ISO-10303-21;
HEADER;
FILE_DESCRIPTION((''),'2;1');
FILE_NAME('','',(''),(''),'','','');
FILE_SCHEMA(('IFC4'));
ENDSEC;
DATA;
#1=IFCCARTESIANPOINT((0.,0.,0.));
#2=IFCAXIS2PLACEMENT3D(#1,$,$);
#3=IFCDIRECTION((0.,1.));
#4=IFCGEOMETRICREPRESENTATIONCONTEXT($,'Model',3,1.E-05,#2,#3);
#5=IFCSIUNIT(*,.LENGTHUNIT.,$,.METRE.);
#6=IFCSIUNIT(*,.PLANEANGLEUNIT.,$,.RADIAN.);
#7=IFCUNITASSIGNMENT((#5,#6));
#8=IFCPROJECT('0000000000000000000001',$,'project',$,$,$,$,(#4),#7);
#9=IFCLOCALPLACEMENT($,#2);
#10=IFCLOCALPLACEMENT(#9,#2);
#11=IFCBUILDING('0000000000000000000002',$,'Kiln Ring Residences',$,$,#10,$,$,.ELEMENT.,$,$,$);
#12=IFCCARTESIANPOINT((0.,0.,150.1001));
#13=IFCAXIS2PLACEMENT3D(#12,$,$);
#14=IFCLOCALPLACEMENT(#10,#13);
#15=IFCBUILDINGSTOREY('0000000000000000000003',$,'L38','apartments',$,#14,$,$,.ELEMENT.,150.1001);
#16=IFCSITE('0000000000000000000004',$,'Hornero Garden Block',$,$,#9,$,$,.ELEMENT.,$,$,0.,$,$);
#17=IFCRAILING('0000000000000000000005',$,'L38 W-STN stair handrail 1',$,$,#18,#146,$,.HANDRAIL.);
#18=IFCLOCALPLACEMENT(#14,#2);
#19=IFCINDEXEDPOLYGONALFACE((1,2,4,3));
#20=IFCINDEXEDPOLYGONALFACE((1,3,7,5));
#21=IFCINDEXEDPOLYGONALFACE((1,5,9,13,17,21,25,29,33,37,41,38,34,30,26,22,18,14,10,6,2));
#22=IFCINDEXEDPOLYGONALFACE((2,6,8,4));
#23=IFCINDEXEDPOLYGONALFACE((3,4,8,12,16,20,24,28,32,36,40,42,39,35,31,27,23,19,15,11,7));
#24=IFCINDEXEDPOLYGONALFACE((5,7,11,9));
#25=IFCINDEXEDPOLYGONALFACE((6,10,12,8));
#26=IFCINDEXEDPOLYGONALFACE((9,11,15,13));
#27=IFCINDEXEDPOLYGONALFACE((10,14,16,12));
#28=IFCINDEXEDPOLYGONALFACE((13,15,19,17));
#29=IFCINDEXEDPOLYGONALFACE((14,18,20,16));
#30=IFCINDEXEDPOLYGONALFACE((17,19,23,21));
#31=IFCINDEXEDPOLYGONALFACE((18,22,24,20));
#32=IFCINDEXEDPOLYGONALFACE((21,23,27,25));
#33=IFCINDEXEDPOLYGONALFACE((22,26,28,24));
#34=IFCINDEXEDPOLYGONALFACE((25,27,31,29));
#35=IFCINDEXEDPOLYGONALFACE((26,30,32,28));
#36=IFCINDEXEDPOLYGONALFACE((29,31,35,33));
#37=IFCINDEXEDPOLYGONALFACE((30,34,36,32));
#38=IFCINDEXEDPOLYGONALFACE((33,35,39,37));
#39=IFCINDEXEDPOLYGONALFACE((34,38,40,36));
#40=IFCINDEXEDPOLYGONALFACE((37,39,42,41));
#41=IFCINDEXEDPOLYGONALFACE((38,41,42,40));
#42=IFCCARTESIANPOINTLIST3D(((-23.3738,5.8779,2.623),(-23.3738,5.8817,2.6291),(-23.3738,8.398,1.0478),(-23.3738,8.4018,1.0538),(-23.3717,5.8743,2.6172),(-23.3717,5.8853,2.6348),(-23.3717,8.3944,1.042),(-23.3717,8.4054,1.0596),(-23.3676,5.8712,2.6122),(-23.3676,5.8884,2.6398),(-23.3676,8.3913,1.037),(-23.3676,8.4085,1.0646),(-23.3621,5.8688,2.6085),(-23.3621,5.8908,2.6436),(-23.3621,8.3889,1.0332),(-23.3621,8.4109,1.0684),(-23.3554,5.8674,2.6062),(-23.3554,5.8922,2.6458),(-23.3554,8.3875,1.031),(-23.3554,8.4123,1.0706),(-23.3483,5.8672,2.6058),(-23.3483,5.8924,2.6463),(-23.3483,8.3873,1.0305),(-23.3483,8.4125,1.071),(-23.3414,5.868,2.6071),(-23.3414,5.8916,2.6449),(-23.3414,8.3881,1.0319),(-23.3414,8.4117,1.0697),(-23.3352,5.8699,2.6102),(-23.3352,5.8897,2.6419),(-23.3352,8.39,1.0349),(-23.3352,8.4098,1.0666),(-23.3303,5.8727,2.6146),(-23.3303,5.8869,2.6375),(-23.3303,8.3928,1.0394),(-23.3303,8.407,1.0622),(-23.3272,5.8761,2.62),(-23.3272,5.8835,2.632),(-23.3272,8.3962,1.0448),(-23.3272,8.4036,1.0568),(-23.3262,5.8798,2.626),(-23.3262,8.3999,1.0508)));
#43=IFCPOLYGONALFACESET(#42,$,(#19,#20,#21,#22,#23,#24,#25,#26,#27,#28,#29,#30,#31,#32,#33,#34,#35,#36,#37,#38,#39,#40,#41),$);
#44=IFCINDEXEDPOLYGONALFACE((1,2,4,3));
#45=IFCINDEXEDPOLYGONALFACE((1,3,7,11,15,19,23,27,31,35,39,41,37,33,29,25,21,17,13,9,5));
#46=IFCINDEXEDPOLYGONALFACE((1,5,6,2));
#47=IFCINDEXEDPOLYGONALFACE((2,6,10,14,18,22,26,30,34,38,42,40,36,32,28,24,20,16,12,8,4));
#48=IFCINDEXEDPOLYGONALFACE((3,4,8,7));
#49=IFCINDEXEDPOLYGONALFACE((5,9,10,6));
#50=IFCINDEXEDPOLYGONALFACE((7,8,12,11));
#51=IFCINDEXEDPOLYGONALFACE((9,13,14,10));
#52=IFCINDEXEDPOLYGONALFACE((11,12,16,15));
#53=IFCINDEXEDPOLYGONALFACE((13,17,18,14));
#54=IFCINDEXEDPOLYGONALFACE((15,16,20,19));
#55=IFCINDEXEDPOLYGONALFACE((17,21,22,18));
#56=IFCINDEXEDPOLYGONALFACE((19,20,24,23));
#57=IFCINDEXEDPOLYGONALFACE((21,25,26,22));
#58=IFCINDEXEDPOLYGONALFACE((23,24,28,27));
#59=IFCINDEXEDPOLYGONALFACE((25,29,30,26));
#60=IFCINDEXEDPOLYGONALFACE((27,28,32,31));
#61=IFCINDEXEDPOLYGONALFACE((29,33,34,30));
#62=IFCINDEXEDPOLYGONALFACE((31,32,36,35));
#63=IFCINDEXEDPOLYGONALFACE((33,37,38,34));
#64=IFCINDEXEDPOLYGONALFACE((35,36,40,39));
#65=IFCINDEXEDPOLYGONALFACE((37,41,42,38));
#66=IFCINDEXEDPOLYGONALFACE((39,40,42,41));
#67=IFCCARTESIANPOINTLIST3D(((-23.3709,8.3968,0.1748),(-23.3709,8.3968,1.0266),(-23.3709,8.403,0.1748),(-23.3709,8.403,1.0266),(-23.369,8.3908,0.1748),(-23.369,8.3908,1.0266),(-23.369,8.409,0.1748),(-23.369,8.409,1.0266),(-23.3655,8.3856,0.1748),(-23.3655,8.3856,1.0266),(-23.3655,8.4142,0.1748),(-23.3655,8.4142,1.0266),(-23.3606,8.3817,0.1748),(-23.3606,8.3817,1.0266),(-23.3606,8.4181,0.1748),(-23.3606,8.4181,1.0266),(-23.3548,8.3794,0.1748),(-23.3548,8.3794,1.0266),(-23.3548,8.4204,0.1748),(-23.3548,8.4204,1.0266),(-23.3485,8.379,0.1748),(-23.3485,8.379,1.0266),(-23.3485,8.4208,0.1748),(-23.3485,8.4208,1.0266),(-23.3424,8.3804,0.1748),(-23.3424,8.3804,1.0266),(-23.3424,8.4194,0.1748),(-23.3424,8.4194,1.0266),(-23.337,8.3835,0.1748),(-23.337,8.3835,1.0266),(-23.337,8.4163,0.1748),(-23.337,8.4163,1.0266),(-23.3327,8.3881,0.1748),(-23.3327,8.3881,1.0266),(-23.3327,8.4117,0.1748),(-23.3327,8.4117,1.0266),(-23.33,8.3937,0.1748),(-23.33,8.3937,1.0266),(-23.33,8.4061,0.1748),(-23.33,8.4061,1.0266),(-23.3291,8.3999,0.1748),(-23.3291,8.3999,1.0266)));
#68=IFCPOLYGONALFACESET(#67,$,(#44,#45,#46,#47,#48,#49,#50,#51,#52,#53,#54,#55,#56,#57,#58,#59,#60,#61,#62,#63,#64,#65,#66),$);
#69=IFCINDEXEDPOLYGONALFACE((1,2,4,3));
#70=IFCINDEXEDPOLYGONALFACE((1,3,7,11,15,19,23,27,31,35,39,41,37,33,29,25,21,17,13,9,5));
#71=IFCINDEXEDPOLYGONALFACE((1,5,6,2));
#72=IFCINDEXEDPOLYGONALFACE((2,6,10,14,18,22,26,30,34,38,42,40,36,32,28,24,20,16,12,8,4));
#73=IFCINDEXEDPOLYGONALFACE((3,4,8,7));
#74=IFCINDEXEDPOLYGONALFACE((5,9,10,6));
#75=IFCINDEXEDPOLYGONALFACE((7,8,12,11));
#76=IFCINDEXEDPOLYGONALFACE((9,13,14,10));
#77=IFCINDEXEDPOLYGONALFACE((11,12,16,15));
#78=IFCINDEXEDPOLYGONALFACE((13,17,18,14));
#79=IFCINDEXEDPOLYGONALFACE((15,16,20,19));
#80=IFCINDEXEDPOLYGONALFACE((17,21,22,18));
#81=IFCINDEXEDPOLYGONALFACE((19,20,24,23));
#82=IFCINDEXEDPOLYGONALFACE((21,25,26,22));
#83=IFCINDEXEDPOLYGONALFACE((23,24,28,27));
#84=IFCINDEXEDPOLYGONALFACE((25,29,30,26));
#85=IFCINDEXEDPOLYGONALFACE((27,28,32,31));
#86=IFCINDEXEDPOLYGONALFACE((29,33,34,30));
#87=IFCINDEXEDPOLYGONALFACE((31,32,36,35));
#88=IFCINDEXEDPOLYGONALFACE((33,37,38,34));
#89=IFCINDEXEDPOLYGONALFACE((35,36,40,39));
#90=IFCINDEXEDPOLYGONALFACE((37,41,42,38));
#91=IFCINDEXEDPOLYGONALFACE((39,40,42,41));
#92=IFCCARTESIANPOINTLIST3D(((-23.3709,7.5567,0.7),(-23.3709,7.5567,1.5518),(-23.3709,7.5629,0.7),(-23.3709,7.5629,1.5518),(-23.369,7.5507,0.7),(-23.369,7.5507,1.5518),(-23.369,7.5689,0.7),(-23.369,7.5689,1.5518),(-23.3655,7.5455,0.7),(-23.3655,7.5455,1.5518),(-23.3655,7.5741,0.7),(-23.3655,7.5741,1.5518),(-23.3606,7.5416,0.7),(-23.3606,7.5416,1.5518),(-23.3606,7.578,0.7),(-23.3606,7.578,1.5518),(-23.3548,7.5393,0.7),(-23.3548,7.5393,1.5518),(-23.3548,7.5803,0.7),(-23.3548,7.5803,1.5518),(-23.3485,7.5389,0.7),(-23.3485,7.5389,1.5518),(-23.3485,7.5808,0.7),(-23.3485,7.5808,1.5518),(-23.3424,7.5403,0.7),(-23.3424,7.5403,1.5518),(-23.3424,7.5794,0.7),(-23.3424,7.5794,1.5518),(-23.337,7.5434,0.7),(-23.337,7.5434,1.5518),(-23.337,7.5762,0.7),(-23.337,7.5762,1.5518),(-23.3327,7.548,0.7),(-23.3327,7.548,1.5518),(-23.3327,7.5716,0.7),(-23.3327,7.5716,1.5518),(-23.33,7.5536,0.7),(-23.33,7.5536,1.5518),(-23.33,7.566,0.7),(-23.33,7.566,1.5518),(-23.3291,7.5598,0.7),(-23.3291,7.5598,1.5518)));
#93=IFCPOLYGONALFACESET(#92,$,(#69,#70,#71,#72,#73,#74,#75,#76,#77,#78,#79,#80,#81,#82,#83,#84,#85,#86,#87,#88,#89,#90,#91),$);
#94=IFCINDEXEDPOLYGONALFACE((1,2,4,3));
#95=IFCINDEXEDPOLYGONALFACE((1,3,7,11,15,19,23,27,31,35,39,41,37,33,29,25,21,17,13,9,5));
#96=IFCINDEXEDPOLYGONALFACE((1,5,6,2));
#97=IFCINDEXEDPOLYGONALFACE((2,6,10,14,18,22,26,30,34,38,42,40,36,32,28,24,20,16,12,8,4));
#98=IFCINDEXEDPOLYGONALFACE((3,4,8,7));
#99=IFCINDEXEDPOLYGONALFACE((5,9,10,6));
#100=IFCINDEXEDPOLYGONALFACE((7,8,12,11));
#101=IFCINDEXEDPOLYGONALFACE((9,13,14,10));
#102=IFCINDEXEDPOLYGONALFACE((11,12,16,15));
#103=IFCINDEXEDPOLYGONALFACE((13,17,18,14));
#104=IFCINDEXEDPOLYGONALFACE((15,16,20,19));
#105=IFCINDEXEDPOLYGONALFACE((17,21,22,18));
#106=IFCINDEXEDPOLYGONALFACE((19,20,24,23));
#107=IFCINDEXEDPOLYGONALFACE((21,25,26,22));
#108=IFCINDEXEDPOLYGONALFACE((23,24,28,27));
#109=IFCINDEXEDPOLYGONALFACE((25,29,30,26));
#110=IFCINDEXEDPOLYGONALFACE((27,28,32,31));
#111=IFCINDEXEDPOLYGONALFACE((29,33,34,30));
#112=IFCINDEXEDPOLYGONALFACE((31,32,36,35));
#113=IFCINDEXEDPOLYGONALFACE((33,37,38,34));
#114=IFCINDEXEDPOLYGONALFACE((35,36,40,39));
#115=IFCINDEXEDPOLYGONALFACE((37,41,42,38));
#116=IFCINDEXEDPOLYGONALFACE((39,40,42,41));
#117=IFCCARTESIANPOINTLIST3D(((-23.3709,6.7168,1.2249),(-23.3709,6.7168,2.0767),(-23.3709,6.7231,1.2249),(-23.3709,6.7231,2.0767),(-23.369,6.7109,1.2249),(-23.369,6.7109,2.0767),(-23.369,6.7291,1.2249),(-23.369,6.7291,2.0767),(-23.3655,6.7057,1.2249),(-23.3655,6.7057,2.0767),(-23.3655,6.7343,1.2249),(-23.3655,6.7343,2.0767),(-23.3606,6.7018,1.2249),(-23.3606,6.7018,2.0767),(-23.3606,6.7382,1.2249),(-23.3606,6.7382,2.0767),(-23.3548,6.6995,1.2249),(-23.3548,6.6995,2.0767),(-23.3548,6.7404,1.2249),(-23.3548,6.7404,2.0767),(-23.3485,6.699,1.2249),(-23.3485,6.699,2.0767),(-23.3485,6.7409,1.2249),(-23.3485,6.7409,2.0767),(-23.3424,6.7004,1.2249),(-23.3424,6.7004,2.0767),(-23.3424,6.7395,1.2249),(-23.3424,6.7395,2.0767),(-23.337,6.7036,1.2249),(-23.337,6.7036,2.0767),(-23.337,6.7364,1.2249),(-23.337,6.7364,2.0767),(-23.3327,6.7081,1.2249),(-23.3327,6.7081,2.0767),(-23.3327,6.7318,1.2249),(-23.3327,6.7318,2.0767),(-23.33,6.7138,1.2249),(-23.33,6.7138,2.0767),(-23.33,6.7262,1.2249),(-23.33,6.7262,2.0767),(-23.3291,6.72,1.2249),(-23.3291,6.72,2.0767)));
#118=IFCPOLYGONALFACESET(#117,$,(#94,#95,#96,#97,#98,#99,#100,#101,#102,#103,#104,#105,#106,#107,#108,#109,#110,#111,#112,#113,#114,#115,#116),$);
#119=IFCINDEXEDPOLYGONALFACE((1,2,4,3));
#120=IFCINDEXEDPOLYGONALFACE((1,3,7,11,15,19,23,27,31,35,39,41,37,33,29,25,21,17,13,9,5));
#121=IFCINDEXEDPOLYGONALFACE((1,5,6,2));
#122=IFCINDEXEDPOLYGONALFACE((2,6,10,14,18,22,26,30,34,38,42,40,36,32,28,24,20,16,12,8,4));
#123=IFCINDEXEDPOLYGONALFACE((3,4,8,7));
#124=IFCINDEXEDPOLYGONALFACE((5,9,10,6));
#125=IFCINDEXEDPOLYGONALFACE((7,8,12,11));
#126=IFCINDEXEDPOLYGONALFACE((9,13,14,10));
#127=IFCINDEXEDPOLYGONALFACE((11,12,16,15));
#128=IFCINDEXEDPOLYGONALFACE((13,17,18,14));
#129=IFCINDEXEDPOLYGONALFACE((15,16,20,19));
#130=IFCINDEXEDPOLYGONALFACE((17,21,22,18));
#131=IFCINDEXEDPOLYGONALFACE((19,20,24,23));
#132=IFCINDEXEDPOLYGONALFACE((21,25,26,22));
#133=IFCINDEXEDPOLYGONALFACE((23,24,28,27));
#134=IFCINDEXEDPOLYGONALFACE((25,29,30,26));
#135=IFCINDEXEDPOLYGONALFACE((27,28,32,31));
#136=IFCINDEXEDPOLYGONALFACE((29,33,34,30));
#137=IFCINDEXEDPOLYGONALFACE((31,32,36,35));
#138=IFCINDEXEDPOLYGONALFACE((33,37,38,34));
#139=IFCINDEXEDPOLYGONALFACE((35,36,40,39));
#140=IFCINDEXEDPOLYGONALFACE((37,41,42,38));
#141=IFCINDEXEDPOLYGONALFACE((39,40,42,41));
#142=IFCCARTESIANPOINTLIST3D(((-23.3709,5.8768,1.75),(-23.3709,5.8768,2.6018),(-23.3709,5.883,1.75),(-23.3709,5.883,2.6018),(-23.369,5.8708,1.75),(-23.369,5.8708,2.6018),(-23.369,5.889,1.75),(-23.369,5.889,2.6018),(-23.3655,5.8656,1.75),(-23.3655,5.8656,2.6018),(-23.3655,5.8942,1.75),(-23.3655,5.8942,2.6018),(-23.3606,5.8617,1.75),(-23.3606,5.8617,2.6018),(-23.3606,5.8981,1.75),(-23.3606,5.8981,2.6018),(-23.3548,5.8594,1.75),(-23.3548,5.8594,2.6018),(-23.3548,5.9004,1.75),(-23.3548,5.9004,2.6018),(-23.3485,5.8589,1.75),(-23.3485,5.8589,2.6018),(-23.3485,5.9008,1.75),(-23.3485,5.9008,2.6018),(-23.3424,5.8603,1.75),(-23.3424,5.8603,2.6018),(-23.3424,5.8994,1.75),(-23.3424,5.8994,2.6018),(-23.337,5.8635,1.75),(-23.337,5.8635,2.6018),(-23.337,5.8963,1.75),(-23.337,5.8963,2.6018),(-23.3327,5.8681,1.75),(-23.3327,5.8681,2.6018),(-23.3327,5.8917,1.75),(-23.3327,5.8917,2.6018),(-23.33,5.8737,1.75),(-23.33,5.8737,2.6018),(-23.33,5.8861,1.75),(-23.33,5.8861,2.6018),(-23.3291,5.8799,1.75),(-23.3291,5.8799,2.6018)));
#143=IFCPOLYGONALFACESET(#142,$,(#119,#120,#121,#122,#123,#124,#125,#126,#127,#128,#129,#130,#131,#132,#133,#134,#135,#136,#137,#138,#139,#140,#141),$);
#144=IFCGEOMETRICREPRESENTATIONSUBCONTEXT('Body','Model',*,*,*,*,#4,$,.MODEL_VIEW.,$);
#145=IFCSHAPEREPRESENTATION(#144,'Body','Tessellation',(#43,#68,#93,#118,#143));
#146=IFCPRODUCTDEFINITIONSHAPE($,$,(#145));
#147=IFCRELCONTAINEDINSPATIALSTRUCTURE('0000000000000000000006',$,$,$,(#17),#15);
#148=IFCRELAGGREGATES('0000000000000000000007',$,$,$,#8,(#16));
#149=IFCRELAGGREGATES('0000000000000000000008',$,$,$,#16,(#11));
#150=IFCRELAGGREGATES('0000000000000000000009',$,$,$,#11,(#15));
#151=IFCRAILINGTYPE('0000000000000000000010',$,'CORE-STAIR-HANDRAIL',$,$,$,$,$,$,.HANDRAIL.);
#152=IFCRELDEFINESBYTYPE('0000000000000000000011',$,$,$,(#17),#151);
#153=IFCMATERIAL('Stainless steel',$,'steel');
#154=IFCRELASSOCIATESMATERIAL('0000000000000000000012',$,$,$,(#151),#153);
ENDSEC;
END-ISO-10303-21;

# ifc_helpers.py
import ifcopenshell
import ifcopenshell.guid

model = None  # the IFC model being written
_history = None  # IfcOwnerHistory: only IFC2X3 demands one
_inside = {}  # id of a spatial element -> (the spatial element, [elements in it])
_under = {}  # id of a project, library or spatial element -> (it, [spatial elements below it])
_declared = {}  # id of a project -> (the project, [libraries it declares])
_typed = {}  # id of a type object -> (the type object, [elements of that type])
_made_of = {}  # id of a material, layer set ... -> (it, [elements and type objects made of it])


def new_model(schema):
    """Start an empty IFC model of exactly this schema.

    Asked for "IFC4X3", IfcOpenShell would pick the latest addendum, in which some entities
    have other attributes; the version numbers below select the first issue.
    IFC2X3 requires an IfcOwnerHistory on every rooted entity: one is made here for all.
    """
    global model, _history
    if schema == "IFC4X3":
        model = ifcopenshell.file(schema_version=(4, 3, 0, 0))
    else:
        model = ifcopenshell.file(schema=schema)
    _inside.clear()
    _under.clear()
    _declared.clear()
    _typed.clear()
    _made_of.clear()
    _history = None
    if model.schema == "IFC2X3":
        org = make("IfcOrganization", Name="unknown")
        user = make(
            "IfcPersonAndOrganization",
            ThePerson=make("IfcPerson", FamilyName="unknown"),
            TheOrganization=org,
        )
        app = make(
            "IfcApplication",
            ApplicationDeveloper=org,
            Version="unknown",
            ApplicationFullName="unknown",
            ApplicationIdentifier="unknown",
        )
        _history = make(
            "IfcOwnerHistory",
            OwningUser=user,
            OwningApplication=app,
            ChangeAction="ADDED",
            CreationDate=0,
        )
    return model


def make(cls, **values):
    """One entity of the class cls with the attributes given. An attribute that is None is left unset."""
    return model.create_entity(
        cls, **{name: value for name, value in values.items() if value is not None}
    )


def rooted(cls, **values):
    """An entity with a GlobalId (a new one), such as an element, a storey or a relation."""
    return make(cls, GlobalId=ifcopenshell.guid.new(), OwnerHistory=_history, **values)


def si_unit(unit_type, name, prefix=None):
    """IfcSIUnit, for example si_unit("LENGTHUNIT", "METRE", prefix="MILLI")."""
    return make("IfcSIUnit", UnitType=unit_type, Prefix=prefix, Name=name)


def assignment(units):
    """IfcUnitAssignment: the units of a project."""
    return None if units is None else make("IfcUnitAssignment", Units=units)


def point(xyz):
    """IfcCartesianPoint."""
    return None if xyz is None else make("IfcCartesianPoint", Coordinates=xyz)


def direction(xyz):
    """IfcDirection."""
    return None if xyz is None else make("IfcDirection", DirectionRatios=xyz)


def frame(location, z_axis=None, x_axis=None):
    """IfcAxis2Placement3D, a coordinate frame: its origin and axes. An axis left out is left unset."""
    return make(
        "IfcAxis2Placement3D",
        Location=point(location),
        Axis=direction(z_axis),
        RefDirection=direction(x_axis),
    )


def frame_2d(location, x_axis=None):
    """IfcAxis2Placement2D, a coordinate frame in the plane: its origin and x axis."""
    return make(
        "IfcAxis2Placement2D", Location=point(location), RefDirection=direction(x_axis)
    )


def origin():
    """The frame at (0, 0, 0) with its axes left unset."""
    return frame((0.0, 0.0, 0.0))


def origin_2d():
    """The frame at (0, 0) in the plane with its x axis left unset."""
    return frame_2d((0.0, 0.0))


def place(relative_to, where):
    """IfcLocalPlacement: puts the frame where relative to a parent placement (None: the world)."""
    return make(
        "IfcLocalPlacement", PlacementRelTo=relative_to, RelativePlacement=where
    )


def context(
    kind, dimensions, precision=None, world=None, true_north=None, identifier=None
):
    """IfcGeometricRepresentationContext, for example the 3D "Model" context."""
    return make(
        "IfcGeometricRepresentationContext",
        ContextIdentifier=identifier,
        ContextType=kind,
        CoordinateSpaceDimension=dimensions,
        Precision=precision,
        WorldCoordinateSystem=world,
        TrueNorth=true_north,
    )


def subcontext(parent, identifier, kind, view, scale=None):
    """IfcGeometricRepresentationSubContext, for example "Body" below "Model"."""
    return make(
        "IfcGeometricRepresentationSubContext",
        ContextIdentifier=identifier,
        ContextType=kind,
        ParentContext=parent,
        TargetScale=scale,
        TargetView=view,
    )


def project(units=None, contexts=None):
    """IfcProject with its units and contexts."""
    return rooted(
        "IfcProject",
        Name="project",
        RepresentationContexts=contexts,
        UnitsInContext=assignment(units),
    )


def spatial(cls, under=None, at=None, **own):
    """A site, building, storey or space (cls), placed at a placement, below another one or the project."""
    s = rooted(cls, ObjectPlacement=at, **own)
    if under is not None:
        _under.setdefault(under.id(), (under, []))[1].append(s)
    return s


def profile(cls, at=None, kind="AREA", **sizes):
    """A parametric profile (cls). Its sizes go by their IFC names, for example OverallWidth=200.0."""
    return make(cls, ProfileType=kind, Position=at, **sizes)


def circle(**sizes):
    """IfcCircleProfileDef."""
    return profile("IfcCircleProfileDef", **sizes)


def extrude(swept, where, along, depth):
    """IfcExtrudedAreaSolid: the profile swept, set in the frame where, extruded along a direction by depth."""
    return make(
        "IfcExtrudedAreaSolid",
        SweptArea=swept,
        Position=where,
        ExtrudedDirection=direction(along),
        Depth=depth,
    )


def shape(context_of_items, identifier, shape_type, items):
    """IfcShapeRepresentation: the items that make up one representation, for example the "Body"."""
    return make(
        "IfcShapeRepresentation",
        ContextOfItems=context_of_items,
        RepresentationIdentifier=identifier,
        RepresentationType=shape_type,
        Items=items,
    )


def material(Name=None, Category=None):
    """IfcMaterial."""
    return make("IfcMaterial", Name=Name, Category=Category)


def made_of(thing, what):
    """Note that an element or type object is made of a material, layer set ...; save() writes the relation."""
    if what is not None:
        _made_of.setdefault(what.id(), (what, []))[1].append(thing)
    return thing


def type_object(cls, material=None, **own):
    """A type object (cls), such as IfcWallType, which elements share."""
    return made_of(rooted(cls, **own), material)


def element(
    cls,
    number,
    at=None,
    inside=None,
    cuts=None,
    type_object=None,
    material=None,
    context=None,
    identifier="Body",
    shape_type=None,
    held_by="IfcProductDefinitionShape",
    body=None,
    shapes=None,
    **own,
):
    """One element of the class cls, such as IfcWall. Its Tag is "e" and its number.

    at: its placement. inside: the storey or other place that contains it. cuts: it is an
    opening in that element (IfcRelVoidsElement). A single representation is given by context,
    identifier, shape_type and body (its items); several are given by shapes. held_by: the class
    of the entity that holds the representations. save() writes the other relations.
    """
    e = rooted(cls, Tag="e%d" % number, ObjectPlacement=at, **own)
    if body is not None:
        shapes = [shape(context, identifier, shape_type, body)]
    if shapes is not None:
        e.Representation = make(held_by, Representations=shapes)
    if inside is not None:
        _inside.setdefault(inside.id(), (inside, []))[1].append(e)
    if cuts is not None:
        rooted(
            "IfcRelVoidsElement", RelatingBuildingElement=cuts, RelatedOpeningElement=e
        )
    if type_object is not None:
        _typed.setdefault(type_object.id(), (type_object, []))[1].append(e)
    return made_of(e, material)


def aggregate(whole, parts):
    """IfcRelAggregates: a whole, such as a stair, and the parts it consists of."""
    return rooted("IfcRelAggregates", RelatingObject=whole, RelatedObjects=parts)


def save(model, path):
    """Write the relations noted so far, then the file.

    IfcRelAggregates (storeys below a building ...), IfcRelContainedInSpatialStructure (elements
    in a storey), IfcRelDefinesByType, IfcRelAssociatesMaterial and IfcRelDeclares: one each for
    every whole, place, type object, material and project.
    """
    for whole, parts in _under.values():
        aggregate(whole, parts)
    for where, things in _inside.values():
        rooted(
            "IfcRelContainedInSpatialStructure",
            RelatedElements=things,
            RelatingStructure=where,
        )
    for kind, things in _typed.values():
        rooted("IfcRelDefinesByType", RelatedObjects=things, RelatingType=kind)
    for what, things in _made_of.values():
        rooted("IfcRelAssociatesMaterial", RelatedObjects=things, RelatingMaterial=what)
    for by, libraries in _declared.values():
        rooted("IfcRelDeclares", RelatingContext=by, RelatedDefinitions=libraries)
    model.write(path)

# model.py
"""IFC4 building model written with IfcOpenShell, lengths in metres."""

from ifc_helpers import new_model, si_unit, direction, frame, origin, origin_2d, place, context, subcontext, project, spatial, circle, extrude, material, type_object, element, save


model = new_model("IFC4")

# Units and contexts
model_context = context("Model", 3, precision=1e-05, world=origin(), true_north=direction((0.0, 1.0)))
body_context = subcontext(model_context, "Body", "Model", "MODEL_VIEW")
ifc_project = project(units=[si_unit("LENGTHUNIT", "METRE"), si_unit("PLANEANGLEUNIT", "RADIAN")], contexts=[model_context])

# Site, building, storey
site_placement = place(None, origin())
site = spatial("IfcSite", under=ifc_project, at=site_placement, Name="Hornero Garden Block", CompositionType="ELEMENT", RefElevation=0.0)
building_placement = place(site_placement, origin())
building = spatial("IfcBuilding", under=site, at=building_placement, Name="Kiln Ring Residences", CompositionType="ELEMENT")
storey_placement = place(building_placement, frame((0.0, 0.0, 150.1001)))
storey = spatial("IfcBuildingStorey", under=building, at=storey_placement, Name="L38", Description="apartments", CompositionType="ELEMENT", Elevation=150.1001)

# Railing
ifc_material_1 = material(Name="Stainless steel", Category="steel")
railing_type_1 = type_object("IfcRailingType", Name="CORE-STAIR-HANDRAIL", PredefinedType="HANDRAIL", material=ifc_material_1)
railing_1_placement = place(storey_placement, frame((-23.3501, 8.3999, 0.1748)))
element("IfcRailing", 1, at=railing_1_placement, inside=storey, type_object=railing_type_1, Name="L38 W-STN stair handrail 1", PredefinedType="HANDRAIL", context=body_context, shape_type="SweptSolid", body=[
    extrude(circle(Radius=0.0239, at=origin_2d()), frame((0.0, 0.0, 0.876), z_axis=(0.0, -0.847971, 0.530043), x_axis=(1.0, 0.0, 0.0)), (0.0, 0.0, 1.0), 2.9719),
    extrude(circle(Radius=0.021, at=origin_2d()), origin(), (0.0, 0.0, 1.0), 0.8518),
    extrude(circle(Radius=0.021, at=origin_2d()), frame((0.0, -0.8401, 0.5251)), (0.0, 0.0, 1.0), 0.8518),
    extrude(circle(Radius=0.021, at=origin_2d()), frame((0.0, -1.6799, 1.05)), (0.0, 0.0, 1.0), 0.8518),
    extrude(circle(Radius=0.021, at=origin_2d()), frame((0.0, -2.52, 1.5752)), (0.0, 0.0, 1.0), 0.8518),
])

save(model, "model.ifc")
